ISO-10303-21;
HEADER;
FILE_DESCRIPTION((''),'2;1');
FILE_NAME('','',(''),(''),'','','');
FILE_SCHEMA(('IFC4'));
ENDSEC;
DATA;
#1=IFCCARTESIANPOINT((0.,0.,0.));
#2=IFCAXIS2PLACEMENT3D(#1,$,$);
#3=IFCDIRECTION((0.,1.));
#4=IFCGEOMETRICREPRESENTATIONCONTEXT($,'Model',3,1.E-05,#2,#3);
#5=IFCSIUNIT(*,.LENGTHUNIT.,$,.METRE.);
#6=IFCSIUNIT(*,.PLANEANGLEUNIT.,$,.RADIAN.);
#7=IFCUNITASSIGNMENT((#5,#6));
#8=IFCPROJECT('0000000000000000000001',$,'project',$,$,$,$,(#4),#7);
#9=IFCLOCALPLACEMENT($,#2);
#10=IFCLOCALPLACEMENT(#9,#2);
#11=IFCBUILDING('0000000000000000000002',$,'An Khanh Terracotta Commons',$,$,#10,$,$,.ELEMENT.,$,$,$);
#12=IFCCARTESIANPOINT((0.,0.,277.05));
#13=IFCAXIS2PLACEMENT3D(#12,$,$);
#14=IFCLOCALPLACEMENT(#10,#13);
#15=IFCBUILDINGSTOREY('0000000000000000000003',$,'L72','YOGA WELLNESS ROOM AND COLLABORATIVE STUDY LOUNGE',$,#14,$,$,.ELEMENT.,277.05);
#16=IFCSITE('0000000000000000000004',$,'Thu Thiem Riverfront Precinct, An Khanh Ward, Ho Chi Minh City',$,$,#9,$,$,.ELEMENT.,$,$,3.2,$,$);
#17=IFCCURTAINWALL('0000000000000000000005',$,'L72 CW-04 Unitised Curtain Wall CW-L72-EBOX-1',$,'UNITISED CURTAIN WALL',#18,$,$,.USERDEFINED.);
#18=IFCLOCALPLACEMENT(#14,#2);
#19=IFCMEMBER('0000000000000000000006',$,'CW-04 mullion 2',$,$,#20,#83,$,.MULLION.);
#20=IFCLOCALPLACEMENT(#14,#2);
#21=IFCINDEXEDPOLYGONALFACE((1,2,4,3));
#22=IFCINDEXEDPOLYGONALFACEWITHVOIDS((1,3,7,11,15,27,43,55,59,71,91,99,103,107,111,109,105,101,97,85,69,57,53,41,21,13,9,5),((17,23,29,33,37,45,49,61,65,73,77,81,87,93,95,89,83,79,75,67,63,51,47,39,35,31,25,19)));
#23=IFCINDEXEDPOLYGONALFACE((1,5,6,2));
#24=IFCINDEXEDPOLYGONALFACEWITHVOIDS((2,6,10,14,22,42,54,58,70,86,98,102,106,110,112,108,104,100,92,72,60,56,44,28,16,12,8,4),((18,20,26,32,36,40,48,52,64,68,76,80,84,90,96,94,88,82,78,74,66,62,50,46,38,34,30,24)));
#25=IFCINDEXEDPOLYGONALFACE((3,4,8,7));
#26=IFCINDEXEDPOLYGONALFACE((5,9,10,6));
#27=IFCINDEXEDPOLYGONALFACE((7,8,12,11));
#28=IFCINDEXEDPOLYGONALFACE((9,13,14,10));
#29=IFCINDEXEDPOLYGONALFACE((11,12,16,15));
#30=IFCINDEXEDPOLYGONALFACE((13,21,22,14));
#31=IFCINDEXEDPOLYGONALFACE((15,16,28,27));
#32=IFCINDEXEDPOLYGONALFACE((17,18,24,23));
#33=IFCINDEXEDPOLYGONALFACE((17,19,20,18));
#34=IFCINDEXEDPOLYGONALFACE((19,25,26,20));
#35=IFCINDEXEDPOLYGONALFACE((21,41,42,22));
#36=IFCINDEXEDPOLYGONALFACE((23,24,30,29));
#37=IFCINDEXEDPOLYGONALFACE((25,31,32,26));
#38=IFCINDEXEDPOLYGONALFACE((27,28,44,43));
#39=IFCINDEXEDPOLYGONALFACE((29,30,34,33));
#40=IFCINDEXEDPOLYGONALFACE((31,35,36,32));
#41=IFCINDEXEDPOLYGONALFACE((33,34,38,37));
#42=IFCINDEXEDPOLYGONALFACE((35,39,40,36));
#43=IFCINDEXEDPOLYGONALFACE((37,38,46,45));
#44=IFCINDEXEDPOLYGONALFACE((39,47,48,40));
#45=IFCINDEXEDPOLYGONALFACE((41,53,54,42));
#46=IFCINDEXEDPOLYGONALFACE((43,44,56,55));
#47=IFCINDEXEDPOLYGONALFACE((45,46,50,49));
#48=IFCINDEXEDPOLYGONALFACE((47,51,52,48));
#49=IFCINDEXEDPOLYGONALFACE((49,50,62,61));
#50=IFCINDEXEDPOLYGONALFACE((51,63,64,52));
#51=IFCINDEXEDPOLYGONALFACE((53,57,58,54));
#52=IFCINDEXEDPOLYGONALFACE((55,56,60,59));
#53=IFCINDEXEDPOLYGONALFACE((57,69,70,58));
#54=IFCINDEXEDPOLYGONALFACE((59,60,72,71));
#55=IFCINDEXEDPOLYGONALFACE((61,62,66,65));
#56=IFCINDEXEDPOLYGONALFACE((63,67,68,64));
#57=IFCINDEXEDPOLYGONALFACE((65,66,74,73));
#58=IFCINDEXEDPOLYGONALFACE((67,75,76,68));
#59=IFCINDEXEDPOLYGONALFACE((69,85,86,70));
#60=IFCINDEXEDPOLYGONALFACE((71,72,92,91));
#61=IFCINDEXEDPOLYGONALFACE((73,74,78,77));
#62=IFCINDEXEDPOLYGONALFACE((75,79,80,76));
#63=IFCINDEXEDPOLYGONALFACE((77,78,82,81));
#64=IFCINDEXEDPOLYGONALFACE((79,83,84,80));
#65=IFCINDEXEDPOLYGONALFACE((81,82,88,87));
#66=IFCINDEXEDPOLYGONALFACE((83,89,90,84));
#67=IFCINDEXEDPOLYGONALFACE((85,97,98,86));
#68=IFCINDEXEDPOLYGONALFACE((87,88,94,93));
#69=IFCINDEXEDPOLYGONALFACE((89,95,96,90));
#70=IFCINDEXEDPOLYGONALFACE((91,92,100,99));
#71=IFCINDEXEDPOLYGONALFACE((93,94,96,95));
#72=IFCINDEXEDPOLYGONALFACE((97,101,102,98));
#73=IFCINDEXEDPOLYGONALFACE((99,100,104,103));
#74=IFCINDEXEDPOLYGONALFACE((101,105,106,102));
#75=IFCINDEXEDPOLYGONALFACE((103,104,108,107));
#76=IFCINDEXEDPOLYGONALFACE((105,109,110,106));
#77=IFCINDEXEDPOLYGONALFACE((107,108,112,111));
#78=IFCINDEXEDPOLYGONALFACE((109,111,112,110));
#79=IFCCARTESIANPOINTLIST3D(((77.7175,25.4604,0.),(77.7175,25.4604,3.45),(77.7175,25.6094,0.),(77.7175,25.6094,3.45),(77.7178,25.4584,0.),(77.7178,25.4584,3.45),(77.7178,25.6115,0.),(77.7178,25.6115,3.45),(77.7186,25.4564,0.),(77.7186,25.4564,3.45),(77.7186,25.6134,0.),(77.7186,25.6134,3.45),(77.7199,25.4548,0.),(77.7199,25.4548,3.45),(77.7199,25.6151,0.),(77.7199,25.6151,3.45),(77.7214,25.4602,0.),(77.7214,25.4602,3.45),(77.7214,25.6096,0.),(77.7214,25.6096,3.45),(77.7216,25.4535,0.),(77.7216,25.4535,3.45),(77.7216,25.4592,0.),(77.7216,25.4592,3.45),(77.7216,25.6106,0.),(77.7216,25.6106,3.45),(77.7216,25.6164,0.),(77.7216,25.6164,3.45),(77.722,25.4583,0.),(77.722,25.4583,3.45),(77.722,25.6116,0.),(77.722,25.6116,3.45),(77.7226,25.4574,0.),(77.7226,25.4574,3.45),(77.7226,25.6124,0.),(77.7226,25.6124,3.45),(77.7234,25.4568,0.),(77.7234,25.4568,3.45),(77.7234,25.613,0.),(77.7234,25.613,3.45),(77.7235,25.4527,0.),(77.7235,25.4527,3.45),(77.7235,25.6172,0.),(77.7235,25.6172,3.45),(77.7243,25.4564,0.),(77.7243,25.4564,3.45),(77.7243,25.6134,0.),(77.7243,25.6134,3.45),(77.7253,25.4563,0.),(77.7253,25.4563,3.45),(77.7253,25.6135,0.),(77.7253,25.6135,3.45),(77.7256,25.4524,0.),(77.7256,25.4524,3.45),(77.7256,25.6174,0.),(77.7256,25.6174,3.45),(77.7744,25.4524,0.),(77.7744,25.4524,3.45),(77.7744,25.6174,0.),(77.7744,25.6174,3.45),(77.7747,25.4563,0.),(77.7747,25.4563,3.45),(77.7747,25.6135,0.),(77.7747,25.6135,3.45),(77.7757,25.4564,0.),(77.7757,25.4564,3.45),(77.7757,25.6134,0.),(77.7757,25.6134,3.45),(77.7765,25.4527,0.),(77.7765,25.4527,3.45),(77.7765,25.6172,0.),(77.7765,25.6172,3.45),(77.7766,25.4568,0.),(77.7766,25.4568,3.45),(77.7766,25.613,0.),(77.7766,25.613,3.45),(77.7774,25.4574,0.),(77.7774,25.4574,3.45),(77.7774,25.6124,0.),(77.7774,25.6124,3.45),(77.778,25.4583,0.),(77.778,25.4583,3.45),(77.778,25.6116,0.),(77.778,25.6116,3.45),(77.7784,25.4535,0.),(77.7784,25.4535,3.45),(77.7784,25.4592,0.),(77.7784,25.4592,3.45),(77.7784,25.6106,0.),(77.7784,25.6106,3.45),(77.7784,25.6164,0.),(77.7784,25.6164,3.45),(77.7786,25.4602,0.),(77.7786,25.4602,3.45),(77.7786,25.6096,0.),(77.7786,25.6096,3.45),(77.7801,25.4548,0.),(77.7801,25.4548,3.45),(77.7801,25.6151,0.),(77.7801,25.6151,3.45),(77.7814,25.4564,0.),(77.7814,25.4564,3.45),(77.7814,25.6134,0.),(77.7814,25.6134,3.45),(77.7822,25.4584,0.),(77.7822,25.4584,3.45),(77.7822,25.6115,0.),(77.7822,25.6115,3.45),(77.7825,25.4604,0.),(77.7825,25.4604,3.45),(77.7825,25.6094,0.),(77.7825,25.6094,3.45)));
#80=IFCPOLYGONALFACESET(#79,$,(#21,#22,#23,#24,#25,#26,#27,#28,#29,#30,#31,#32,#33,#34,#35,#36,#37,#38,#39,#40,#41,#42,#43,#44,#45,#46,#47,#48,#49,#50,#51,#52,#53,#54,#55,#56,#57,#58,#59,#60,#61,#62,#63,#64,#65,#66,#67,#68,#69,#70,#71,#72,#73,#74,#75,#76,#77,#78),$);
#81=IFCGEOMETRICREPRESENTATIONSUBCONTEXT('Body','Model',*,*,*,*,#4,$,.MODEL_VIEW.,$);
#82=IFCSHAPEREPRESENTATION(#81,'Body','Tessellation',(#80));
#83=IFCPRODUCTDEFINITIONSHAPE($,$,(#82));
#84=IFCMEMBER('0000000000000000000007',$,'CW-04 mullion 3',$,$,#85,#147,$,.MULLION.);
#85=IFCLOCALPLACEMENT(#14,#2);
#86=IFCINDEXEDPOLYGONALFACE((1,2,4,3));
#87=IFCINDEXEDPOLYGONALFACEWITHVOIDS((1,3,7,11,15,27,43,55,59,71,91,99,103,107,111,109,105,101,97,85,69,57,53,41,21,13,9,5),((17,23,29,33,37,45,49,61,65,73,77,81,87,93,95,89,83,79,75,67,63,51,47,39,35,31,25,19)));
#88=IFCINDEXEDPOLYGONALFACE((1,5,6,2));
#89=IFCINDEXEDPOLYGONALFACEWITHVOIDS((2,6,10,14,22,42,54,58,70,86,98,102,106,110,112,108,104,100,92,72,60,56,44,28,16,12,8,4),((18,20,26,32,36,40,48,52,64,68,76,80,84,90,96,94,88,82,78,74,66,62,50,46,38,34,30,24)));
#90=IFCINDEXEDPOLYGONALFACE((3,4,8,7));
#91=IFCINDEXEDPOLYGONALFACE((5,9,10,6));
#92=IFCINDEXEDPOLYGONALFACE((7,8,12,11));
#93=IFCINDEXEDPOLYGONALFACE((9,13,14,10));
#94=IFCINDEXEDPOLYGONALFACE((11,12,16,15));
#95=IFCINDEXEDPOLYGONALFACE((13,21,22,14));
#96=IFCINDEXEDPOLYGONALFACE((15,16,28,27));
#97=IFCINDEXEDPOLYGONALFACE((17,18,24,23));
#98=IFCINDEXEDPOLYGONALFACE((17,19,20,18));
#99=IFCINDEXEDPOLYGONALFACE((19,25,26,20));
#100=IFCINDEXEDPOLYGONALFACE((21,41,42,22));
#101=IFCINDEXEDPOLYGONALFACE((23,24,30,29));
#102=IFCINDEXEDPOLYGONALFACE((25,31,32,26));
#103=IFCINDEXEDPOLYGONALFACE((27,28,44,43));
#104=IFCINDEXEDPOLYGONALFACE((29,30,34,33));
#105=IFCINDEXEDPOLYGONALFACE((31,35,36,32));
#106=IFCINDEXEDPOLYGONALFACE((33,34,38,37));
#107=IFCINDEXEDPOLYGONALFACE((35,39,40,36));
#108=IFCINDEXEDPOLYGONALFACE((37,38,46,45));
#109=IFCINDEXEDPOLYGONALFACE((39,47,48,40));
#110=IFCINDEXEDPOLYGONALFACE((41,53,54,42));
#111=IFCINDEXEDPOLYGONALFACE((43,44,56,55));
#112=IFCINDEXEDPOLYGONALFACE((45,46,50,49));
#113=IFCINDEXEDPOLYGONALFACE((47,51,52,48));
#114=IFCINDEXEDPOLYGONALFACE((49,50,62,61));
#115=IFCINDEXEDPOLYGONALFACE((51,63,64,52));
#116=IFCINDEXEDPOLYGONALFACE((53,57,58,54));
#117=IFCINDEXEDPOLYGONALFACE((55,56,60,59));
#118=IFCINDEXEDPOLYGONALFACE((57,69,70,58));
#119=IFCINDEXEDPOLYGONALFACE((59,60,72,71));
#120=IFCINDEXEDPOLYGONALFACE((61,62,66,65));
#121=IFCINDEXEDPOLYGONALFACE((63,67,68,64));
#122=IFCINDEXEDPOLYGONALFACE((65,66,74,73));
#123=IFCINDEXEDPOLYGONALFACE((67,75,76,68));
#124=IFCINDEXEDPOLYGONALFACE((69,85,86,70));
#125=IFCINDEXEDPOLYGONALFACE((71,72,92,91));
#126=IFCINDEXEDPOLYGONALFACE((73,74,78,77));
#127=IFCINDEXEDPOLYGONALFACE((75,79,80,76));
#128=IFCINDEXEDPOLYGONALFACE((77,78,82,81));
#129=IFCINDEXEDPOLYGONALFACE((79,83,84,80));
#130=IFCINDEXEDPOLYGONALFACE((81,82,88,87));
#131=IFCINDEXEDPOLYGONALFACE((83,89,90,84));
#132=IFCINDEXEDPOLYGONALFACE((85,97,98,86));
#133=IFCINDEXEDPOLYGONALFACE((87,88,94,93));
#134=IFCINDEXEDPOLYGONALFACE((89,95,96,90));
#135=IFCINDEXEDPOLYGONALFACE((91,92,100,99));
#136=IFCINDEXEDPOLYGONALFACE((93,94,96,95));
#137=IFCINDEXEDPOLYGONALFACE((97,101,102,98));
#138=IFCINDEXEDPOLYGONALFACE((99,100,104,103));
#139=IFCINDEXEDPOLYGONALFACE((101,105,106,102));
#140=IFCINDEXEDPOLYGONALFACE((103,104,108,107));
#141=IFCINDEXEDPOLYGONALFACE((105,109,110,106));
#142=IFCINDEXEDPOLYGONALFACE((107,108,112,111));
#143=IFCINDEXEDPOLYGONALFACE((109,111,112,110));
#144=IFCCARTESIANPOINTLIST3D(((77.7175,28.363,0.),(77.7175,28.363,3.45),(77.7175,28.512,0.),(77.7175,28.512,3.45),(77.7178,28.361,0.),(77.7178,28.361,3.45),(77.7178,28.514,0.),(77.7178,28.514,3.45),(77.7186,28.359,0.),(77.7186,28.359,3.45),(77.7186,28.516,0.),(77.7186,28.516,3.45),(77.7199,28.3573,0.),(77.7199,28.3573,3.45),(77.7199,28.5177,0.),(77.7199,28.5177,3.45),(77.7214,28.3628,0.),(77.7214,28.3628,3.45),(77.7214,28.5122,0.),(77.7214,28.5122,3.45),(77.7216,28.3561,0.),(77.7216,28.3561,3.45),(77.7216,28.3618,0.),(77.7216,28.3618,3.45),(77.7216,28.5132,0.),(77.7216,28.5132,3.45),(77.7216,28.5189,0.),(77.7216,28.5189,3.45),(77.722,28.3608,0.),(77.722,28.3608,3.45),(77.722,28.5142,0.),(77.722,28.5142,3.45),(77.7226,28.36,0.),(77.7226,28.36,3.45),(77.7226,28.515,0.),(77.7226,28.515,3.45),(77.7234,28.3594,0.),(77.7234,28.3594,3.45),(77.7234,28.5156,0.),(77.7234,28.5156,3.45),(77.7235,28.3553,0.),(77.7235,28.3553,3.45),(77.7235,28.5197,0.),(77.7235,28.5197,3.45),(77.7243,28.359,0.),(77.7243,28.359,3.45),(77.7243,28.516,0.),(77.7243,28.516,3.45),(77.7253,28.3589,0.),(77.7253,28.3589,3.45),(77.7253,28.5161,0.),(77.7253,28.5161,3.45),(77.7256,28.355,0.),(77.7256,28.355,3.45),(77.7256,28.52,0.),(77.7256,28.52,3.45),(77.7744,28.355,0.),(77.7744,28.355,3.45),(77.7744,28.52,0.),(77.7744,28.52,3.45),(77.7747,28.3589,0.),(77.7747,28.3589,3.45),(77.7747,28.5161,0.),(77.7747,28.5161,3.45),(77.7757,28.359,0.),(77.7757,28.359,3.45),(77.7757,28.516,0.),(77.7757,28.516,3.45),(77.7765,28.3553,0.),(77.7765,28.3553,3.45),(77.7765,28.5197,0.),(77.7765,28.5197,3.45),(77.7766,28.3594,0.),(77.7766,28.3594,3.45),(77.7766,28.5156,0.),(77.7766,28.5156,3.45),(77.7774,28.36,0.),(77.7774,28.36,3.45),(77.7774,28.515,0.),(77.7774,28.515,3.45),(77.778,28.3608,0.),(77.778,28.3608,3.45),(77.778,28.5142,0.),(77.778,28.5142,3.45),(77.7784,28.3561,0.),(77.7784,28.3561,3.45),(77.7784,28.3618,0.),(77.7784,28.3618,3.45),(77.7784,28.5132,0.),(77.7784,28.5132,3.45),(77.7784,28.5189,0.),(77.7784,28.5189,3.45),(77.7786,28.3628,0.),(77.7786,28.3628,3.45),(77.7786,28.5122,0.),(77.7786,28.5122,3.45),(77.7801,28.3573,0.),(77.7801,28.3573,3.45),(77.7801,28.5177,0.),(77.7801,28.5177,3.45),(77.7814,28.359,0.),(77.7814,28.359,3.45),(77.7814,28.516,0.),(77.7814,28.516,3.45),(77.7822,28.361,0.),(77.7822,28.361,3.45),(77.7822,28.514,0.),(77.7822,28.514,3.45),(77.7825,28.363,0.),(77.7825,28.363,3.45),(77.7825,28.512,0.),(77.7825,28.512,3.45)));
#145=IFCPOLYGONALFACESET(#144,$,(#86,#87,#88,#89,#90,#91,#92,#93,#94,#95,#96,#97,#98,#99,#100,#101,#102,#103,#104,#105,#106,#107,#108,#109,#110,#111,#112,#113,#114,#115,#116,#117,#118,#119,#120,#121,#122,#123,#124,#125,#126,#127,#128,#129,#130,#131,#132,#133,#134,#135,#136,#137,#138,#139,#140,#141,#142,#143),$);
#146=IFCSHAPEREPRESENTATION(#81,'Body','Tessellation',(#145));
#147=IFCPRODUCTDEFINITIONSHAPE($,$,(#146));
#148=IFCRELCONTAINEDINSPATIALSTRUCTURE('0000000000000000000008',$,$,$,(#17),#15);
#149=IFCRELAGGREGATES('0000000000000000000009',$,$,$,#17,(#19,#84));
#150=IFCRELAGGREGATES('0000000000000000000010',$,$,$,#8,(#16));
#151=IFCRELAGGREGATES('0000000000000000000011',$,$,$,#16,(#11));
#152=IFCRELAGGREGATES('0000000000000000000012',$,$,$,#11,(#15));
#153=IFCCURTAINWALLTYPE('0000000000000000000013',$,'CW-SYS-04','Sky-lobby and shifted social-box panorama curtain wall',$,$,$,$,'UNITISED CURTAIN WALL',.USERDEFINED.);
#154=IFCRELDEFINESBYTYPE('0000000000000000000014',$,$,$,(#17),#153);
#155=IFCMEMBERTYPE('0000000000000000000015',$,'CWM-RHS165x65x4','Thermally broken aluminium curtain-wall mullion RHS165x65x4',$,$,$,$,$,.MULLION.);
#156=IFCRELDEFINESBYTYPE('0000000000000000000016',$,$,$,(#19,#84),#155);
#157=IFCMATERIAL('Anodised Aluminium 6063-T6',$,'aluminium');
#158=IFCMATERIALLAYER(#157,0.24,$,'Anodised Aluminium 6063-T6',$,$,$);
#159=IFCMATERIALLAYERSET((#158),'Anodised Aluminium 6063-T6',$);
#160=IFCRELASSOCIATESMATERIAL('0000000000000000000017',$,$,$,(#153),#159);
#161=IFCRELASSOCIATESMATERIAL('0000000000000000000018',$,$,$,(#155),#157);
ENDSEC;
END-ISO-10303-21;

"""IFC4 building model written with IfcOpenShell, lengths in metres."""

from ifc_helpers import new_model, si_unit, direction, frame, origin, origin_2d, place, context, subcontext, project, spatial, hollow_rectangle, extrude, material, layer, layer_set, material_profile, profile_set, type_object, element, aggregate, save


model = new_model("IFC4")

# Units and contexts
model_context = context("Model", 3, precision=1e-05, world=origin(), true_north=direction((0.0, 1.0)))
body_context = subcontext(model_context, "Body", "Model", "MODEL_VIEW")
ifc_project = project(units=[si_unit("LENGTHUNIT", "METRE"), si_unit("PLANEANGLEUNIT", "RADIAN")], contexts=[model_context])

# Site, building, storey
site_placement = place(None, origin())
site = spatial("IfcSite", under=ifc_project, at=site_placement, Name="Thu Thiem Riverfront Precinct, An Khanh Ward, Ho Chi Minh City", CompositionType="ELEMENT", RefElevation=3.2)
building_placement = place(site_placement, origin())
building = spatial("IfcBuilding", under=site, at=building_placement, Name="An Khanh Terracotta Commons", CompositionType="ELEMENT")
storey_placement = place(building_placement, frame((0.0, 0.0, 277.05)))
storey = spatial("IfcBuildingStorey", under=building, at=storey_placement, Name="L72", Description="YOGA WELLNESS ROOM AND COLLABORATIVE STUDY LOUNGE", CompositionType="ELEMENT", Elevation=277.05)

# Curtain wall, members
ifc_material_1 = material(Name="Anodised Aluminium 6063-T6", Category="aluminium")
ifc_layer_1 = layer(ifc_material_1, 0.24, Name="Anodised Aluminium 6063-T6")
ifc_layer_set_1 = layer_set([ifc_layer_1], Name="Anodised Aluminium 6063-T6")
curtain_wall_type_1 = type_object("IfcCurtainWallType", Name="CW-SYS-04", Description="Sky-lobby and shifted social-box panorama curtain wall", ElementType="UNITISED CURTAIN WALL", PredefinedType="USERDEFINED", material=ifc_layer_set_1)
curtain_wall_1_placement = place(storey_placement, origin())
curtain_wall_1 = element("IfcCurtainWall", 1, at=curtain_wall_1_placement, inside=storey, type_object=curtain_wall_type_1, Name="L72 CW-04 Unitised Curtain Wall CW-L72-EBOX-1", ObjectType="UNITISED CURTAIN WALL", PredefinedType="USERDEFINED")
ifc_material_profile_1 = material_profile(ifc_material_1, hollow_rectangle(XDim=0.0649, YDim=0.165, WallThickness=0.0039, InnerFilletRadius=0.0039, OuterFilletRadius=0.0081, at=origin_2d()), Name="RHS165x65x4")
ifc_profile_set_1 = profile_set([ifc_material_profile_1], Name="Anodised Aluminium 6063-T6")
member_type_1 = type_object("IfcMemberType", Name="CWM-RHS165x65x4", Description="Thermally broken aluminium curtain-wall mullion RHS165x65x4", PredefinedType="MULLION", material=ifc_profile_set_1)
member_1_placement = place(storey_placement, frame((77.75, 25.5349, 0.0), z_axis=(0.0, 0.0, 1.0), x_axis=(-1.0, 0.0, 0.0)))
member_1 = element("IfcMember", 2, at=member_1_placement, type_object=member_type_1, Name="CW-04 mullion 2", PredefinedType="MULLION", context=body_context, shape_type="SweptSolid", body=[
    extrude(hollow_rectangle(XDim=0.0649, YDim=0.165, WallThickness=0.0039, InnerFilletRadius=0.0039, OuterFilletRadius=0.0081, at=origin_2d()), origin(), (0.0, 0.0, 1.0), 3.45),
])
member_2_placement = place(storey_placement, frame((77.75, 28.4375, 0.0), z_axis=(0.0, 0.0, 1.0), x_axis=(-1.0, 0.0, 0.0)))
member_2 = element("IfcMember", 3, at=member_2_placement, type_object=member_type_1, Name="CW-04 mullion 3", PredefinedType="MULLION", context=body_context, shape_type="SweptSolid", body=[
    extrude(hollow_rectangle(XDim=0.0649, YDim=0.165, WallThickness=0.0039, InnerFilletRadius=0.0039, OuterFilletRadius=0.0081, at=origin_2d()), origin(), (0.0, 0.0, 1.0), 3.45),
])

aggregate(curtain_wall_1, [member_1, member_2])

save(model, "model.ifc")
